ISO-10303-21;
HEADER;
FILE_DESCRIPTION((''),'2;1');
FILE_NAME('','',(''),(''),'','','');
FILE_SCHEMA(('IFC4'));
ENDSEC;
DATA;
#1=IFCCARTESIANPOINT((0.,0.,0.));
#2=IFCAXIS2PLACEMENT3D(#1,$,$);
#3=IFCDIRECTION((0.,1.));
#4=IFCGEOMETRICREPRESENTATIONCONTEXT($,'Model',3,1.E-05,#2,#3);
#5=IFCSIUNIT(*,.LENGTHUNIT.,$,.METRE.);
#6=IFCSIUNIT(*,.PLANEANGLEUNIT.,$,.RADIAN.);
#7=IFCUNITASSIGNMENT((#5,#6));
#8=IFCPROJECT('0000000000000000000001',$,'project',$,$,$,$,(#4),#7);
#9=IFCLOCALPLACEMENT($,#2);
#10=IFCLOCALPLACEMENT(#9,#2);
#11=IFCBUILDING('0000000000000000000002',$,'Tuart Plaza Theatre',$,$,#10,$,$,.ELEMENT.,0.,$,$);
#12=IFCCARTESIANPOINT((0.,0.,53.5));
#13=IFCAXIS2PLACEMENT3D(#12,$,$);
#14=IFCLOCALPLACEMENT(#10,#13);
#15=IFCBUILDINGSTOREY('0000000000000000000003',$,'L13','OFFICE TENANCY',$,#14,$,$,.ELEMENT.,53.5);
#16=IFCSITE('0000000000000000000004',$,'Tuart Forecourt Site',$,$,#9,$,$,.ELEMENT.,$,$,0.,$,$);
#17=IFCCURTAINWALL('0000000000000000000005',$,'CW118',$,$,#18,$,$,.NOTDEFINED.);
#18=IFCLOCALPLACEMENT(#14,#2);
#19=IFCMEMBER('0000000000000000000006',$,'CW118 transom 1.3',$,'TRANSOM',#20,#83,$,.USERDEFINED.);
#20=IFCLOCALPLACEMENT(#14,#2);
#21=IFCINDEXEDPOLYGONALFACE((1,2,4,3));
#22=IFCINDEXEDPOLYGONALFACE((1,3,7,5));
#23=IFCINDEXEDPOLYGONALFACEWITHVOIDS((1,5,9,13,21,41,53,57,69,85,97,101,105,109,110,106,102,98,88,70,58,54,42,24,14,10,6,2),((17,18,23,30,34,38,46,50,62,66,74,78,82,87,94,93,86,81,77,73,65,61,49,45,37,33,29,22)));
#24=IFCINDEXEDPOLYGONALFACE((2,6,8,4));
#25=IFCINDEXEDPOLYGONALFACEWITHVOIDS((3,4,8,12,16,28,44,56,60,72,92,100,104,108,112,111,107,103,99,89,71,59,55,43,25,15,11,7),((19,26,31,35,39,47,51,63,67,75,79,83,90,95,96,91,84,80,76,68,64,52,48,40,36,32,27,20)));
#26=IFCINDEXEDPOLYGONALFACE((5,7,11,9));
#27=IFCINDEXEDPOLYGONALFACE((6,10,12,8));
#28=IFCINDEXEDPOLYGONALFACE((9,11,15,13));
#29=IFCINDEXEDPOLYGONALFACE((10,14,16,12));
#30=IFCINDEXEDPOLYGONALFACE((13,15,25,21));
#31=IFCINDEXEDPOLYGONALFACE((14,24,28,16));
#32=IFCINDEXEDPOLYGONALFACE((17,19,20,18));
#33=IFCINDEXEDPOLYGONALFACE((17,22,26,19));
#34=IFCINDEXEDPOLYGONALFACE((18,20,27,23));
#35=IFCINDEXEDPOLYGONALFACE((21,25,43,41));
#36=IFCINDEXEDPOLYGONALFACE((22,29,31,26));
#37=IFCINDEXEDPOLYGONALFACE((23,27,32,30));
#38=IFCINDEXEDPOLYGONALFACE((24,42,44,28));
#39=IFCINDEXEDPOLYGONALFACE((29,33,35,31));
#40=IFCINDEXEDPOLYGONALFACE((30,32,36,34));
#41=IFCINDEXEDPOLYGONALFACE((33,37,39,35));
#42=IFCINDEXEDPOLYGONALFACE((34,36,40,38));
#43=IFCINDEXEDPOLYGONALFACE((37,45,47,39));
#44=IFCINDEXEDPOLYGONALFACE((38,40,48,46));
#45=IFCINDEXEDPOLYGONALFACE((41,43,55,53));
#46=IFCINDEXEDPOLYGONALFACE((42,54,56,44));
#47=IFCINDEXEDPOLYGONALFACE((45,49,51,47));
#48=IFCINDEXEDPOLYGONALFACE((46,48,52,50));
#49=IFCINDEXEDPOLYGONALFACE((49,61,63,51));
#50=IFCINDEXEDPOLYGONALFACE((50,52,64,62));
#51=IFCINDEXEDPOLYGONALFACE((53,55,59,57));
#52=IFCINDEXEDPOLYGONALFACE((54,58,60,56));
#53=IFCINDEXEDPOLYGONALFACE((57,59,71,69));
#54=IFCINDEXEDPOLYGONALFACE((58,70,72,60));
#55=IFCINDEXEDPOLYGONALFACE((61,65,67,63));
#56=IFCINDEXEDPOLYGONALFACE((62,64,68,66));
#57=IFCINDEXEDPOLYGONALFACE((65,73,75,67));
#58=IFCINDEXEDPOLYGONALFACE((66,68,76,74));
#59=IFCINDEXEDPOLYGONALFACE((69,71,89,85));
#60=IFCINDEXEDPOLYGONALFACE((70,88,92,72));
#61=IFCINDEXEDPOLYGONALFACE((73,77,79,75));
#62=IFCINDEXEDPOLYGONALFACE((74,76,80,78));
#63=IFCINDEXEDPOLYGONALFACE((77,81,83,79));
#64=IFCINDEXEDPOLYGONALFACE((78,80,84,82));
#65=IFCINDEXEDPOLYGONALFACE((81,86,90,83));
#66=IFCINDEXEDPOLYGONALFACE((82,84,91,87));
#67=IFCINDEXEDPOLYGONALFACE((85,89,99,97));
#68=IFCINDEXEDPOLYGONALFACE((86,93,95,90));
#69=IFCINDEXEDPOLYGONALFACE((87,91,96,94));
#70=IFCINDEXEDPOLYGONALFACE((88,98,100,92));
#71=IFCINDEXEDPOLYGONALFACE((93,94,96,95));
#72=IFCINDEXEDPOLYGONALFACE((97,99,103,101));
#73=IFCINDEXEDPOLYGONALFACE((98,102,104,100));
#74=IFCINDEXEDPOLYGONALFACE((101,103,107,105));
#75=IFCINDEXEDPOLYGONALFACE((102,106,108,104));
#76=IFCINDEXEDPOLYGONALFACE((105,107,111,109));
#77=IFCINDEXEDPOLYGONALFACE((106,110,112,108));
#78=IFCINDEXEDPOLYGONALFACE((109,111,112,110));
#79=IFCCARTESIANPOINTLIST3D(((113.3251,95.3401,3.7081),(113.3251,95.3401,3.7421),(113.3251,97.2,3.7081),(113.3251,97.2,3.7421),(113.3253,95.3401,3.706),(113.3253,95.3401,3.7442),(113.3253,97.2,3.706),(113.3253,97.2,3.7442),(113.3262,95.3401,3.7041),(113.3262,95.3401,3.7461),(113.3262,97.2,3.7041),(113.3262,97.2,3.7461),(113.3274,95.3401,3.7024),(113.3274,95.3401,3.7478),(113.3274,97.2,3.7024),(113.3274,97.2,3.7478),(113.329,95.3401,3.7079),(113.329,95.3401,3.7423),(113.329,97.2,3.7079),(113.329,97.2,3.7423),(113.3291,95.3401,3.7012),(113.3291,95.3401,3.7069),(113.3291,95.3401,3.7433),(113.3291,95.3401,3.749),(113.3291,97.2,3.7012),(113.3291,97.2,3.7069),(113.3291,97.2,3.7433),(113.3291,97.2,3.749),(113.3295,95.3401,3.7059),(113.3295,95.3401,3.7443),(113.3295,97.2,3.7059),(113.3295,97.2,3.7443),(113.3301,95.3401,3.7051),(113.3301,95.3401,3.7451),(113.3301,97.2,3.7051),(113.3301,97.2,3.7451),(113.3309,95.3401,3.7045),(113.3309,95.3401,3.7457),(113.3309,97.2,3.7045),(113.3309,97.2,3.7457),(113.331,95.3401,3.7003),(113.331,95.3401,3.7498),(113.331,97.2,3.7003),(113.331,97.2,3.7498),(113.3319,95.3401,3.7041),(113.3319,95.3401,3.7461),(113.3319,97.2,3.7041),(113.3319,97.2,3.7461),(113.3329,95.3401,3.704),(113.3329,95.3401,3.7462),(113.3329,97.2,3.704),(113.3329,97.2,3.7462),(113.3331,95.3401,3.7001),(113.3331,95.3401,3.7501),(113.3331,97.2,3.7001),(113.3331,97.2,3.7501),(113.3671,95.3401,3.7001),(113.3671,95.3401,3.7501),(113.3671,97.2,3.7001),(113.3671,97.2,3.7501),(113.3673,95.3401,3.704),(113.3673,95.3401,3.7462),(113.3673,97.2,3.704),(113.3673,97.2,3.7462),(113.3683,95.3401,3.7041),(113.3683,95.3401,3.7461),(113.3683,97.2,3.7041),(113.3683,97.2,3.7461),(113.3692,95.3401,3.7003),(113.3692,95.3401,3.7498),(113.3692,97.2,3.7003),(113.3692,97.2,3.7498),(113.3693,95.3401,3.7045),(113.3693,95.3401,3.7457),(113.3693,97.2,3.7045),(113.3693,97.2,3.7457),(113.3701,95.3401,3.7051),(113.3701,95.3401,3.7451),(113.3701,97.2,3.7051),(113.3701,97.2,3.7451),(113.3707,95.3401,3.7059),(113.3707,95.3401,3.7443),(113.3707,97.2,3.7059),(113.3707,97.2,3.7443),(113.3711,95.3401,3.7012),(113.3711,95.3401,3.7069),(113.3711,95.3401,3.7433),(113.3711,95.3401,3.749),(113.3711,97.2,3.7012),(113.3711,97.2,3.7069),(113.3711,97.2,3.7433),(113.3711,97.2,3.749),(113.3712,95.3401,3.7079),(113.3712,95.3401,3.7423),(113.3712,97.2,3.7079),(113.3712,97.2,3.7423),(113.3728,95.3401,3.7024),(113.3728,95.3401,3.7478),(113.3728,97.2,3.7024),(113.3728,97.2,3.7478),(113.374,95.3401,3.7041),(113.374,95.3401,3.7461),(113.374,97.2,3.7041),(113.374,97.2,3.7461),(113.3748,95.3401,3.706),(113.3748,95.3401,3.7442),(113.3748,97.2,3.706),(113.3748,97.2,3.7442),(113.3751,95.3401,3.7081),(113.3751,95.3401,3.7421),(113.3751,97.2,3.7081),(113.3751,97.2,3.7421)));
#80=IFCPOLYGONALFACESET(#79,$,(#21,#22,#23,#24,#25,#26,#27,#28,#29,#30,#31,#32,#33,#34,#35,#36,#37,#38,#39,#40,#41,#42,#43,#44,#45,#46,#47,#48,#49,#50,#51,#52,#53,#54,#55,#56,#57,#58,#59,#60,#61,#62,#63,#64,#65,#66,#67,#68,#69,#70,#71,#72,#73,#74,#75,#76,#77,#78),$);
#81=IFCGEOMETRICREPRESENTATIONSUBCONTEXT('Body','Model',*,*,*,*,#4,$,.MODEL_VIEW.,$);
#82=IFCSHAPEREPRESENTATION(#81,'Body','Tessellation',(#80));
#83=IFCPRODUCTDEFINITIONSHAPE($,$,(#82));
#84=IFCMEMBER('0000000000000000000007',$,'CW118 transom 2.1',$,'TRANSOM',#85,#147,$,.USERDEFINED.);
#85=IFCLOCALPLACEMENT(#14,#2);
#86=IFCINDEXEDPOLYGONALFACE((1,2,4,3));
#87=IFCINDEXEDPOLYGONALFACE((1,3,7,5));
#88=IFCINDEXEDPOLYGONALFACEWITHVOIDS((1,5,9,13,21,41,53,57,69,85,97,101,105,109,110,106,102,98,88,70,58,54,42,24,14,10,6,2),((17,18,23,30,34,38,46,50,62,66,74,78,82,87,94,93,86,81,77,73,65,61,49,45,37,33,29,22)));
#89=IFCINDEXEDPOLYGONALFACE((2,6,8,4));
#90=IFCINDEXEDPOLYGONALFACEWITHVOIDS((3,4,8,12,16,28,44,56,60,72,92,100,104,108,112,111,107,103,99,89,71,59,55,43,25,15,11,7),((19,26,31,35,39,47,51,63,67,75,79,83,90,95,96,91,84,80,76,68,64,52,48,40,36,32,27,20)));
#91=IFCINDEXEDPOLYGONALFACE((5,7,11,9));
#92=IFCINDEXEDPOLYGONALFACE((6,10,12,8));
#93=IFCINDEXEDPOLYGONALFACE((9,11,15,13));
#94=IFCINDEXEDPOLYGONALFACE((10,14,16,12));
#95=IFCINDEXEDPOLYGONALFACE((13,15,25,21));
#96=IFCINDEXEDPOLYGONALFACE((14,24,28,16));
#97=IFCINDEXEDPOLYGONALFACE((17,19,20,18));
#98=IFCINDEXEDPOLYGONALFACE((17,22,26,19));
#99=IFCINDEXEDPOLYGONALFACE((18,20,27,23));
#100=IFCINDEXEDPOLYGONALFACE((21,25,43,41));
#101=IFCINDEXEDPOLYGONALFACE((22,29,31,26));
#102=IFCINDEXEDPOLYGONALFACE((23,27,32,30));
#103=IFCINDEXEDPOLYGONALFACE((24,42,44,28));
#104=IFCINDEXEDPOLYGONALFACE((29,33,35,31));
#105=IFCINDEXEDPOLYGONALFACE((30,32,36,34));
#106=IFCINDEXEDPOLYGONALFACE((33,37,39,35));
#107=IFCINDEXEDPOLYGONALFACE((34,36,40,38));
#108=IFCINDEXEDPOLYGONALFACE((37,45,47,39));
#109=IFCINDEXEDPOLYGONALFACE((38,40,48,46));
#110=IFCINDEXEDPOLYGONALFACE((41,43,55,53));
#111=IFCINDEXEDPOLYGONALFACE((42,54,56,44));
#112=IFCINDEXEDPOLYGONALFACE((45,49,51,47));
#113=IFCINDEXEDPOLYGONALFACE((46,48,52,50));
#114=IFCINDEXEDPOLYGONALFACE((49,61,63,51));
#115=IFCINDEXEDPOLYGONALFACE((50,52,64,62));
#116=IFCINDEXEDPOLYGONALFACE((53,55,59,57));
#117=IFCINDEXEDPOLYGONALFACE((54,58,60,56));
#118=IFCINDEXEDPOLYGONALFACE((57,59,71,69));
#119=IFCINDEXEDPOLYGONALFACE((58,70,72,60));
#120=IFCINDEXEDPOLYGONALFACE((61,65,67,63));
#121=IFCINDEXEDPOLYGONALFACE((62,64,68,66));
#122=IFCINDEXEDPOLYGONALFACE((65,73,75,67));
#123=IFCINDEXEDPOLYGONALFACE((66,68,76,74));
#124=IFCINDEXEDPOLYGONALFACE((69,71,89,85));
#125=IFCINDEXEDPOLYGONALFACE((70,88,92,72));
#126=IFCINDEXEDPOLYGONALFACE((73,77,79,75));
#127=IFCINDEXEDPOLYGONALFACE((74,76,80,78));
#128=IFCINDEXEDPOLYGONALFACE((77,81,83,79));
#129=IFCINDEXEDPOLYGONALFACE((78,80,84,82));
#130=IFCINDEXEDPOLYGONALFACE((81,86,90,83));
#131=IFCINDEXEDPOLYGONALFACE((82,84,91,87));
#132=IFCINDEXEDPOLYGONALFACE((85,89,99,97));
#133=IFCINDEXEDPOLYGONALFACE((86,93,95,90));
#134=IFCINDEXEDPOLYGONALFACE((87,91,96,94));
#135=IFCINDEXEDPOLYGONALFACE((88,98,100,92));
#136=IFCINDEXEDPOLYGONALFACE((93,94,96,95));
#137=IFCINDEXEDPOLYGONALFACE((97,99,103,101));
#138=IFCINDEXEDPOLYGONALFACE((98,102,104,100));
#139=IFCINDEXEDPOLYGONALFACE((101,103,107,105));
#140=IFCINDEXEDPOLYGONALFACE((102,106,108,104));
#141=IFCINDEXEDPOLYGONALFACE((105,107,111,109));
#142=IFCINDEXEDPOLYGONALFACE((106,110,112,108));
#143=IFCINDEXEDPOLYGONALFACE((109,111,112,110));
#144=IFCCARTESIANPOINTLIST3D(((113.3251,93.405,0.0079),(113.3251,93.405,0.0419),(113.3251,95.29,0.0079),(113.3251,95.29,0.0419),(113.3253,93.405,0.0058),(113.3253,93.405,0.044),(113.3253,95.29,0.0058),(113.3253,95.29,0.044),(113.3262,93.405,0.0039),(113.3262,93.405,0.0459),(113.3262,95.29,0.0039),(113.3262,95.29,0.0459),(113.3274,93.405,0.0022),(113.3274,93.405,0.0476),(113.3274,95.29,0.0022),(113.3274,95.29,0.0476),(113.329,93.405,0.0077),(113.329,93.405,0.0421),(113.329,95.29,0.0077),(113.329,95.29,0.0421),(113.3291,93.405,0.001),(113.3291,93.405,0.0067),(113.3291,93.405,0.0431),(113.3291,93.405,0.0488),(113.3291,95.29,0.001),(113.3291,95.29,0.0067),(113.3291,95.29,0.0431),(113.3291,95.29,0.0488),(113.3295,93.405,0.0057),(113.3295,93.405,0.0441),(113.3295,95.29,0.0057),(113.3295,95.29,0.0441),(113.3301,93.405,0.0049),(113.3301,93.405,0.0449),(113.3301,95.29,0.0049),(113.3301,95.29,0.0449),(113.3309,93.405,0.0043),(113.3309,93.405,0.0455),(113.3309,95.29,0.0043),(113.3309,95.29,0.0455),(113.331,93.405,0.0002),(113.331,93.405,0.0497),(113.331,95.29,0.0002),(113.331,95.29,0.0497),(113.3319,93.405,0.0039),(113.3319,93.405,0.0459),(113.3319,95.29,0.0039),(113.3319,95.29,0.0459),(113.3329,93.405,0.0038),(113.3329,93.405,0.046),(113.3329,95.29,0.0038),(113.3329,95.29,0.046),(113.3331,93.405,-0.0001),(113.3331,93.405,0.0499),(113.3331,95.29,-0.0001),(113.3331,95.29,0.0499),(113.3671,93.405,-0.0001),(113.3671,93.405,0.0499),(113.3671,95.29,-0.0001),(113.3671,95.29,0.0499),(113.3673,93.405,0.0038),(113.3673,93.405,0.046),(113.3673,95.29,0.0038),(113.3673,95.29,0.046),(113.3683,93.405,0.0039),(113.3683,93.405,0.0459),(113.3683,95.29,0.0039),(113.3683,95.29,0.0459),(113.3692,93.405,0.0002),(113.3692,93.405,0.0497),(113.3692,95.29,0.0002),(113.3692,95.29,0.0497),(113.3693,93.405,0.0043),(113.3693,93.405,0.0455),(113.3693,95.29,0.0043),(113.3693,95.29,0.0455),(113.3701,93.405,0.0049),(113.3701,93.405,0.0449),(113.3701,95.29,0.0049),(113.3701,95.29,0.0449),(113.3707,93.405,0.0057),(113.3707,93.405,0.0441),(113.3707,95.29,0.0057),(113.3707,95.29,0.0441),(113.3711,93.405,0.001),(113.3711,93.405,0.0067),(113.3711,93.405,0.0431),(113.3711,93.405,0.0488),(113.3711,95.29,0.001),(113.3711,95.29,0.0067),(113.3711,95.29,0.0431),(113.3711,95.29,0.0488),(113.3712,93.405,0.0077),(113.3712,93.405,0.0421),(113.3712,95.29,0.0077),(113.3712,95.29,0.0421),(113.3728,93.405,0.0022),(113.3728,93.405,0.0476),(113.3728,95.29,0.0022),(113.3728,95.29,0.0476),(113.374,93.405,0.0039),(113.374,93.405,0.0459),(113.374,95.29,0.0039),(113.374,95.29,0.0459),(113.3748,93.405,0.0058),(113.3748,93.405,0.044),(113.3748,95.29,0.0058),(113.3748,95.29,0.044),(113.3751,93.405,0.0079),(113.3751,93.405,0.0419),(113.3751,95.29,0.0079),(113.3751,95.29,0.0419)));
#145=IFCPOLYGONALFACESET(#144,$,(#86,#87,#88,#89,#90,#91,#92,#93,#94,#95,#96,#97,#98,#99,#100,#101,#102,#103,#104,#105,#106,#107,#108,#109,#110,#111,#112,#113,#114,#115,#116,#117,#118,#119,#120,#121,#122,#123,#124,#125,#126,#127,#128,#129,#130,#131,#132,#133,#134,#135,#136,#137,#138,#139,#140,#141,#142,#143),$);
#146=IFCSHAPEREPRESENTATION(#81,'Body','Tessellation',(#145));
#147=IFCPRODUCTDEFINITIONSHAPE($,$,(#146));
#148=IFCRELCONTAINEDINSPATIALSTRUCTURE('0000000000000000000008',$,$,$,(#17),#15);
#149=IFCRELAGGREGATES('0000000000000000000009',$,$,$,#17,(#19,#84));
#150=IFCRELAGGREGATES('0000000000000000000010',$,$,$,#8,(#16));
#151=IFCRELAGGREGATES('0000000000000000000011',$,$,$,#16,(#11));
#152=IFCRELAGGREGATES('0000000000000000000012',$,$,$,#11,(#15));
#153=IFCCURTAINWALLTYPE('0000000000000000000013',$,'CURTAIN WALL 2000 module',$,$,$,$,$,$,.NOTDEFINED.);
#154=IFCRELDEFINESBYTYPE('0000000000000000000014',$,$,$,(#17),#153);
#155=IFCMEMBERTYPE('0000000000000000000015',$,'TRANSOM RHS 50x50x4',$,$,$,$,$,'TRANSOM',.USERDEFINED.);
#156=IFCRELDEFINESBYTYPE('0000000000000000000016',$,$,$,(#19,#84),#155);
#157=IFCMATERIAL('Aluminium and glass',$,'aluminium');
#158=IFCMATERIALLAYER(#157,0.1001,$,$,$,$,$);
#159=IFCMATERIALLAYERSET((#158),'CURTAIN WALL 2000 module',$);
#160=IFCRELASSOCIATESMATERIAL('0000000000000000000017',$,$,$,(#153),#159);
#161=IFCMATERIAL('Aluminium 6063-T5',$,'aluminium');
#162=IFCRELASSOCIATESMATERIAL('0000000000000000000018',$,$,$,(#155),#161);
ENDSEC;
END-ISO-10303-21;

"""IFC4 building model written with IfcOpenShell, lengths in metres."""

from ifc_helpers import new_model, si_unit, direction, frame, origin, origin_2d, place, context, subcontext, project, spatial, hollow_rectangle, extrude, material, layer, layer_set, material_profile, profile_set, type_object, element, aggregate, save


model = new_model("IFC4")

# Units and contexts
model_context = context("Model", 3, precision=1e-05, world=origin(), true_north=direction((0.0, 1.0)))
body_context = subcontext(model_context, "Body", "Model", "MODEL_VIEW")
ifc_project = project(units=[si_unit("LENGTHUNIT", "METRE"), si_unit("PLANEANGLEUNIT", "RADIAN")], contexts=[model_context])

# Site, building, storey
site_placement = place(None, origin())
site = spatial("IfcSite", under=ifc_project, at=site_placement, Name="Tuart Forecourt Site", CompositionType="ELEMENT", RefElevation=0.0)
building_placement = place(site_placement, origin())
building = spatial("IfcBuilding", under=site, at=building_placement, Name="Tuart Plaza Theatre", CompositionType="ELEMENT", ElevationOfRefHeight=0.0)
storey_placement = place(building_placement, frame((0.0, 0.0, 53.5)))
storey = spatial("IfcBuildingStorey", under=building, at=storey_placement, Name="L13", Description="OFFICE TENANCY", CompositionType="ELEMENT", Elevation=53.5)

# Curtain wall, members
ifc_material_1 = material(Name="Aluminium and glass", Category="aluminium")
ifc_layer_1 = layer(ifc_material_1, 0.1001)
ifc_layer_set_1 = layer_set([ifc_layer_1], Name="CURTAIN WALL 2000 module")
curtain_wall_type = type_object("IfcCurtainWallType", Name="CURTAIN WALL 2000 module", PredefinedType="NOTDEFINED", material=ifc_layer_set_1)
curtain_wall_placement = place(storey_placement, origin())
curtain_wall = element("IfcCurtainWall", 1, at=curtain_wall_placement, inside=storey, type_object=curtain_wall_type, Name="CW118", PredefinedType="NOTDEFINED")
ifc_material_2 = material(Name="Aluminium 6063-T5", Category="aluminium")
ifc_material_profile_1 = material_profile(ifc_material_2, hollow_rectangle(XDim=0.05, YDim=0.05, WallThickness=0.0039, InnerFilletRadius=0.0039, OuterFilletRadius=0.0081, at=origin_2d()), Name="RHS 50x50x4")
ifc_profile_set_1 = profile_set([ifc_material_profile_1], Name="Aluminium 6063-T5")
member_type_1 = type_object("IfcMemberType", Name="TRANSOM RHS 50x50x4", ElementType="TRANSOM", PredefinedType="USERDEFINED", material=ifc_profile_set_1)
member_1_placement = place(storey_placement, frame((113.3501, 97.2, 3.7251), z_axis=(0.0, -1.0, 0.0), x_axis=(1.0, 0.0, 0.0)))
member_1 = element("IfcMember", 2, at=member_1_placement, type_object=member_type_1, Name="CW118 transom 1.3", ObjectType="TRANSOM", PredefinedType="USERDEFINED", context=body_context, shape_type="SweptSolid", body=[
    extrude(hollow_rectangle(XDim=0.05, YDim=0.05, WallThickness=0.0039, InnerFilletRadius=0.0039, OuterFilletRadius=0.0081, at=origin_2d()), origin(), (0.0, 0.0, 1.0), 1.8599),
])
member_2_placement = place(storey_placement, frame((113.3501, 95.29, 0.0249), z_axis=(0.0, -1.0, 0.0), x_axis=(1.0, 0.0, 0.0)))
member_2 = element("IfcMember", 3, at=member_2_placement, type_object=member_type_1, Name="CW118 transom 2.1", ObjectType="TRANSOM", PredefinedType="USERDEFINED", context=body_context, shape_type="SweptSolid", body=[
    extrude(hollow_rectangle(XDim=0.05, YDim=0.05, WallThickness=0.0039, InnerFilletRadius=0.0039, OuterFilletRadius=0.0081, at=origin_2d()), origin(), (0.0, 0.0, 1.0), 1.885),
])
aggregate(curtain_wall, [member_1, member_2])

save(model, "model.ifc")
